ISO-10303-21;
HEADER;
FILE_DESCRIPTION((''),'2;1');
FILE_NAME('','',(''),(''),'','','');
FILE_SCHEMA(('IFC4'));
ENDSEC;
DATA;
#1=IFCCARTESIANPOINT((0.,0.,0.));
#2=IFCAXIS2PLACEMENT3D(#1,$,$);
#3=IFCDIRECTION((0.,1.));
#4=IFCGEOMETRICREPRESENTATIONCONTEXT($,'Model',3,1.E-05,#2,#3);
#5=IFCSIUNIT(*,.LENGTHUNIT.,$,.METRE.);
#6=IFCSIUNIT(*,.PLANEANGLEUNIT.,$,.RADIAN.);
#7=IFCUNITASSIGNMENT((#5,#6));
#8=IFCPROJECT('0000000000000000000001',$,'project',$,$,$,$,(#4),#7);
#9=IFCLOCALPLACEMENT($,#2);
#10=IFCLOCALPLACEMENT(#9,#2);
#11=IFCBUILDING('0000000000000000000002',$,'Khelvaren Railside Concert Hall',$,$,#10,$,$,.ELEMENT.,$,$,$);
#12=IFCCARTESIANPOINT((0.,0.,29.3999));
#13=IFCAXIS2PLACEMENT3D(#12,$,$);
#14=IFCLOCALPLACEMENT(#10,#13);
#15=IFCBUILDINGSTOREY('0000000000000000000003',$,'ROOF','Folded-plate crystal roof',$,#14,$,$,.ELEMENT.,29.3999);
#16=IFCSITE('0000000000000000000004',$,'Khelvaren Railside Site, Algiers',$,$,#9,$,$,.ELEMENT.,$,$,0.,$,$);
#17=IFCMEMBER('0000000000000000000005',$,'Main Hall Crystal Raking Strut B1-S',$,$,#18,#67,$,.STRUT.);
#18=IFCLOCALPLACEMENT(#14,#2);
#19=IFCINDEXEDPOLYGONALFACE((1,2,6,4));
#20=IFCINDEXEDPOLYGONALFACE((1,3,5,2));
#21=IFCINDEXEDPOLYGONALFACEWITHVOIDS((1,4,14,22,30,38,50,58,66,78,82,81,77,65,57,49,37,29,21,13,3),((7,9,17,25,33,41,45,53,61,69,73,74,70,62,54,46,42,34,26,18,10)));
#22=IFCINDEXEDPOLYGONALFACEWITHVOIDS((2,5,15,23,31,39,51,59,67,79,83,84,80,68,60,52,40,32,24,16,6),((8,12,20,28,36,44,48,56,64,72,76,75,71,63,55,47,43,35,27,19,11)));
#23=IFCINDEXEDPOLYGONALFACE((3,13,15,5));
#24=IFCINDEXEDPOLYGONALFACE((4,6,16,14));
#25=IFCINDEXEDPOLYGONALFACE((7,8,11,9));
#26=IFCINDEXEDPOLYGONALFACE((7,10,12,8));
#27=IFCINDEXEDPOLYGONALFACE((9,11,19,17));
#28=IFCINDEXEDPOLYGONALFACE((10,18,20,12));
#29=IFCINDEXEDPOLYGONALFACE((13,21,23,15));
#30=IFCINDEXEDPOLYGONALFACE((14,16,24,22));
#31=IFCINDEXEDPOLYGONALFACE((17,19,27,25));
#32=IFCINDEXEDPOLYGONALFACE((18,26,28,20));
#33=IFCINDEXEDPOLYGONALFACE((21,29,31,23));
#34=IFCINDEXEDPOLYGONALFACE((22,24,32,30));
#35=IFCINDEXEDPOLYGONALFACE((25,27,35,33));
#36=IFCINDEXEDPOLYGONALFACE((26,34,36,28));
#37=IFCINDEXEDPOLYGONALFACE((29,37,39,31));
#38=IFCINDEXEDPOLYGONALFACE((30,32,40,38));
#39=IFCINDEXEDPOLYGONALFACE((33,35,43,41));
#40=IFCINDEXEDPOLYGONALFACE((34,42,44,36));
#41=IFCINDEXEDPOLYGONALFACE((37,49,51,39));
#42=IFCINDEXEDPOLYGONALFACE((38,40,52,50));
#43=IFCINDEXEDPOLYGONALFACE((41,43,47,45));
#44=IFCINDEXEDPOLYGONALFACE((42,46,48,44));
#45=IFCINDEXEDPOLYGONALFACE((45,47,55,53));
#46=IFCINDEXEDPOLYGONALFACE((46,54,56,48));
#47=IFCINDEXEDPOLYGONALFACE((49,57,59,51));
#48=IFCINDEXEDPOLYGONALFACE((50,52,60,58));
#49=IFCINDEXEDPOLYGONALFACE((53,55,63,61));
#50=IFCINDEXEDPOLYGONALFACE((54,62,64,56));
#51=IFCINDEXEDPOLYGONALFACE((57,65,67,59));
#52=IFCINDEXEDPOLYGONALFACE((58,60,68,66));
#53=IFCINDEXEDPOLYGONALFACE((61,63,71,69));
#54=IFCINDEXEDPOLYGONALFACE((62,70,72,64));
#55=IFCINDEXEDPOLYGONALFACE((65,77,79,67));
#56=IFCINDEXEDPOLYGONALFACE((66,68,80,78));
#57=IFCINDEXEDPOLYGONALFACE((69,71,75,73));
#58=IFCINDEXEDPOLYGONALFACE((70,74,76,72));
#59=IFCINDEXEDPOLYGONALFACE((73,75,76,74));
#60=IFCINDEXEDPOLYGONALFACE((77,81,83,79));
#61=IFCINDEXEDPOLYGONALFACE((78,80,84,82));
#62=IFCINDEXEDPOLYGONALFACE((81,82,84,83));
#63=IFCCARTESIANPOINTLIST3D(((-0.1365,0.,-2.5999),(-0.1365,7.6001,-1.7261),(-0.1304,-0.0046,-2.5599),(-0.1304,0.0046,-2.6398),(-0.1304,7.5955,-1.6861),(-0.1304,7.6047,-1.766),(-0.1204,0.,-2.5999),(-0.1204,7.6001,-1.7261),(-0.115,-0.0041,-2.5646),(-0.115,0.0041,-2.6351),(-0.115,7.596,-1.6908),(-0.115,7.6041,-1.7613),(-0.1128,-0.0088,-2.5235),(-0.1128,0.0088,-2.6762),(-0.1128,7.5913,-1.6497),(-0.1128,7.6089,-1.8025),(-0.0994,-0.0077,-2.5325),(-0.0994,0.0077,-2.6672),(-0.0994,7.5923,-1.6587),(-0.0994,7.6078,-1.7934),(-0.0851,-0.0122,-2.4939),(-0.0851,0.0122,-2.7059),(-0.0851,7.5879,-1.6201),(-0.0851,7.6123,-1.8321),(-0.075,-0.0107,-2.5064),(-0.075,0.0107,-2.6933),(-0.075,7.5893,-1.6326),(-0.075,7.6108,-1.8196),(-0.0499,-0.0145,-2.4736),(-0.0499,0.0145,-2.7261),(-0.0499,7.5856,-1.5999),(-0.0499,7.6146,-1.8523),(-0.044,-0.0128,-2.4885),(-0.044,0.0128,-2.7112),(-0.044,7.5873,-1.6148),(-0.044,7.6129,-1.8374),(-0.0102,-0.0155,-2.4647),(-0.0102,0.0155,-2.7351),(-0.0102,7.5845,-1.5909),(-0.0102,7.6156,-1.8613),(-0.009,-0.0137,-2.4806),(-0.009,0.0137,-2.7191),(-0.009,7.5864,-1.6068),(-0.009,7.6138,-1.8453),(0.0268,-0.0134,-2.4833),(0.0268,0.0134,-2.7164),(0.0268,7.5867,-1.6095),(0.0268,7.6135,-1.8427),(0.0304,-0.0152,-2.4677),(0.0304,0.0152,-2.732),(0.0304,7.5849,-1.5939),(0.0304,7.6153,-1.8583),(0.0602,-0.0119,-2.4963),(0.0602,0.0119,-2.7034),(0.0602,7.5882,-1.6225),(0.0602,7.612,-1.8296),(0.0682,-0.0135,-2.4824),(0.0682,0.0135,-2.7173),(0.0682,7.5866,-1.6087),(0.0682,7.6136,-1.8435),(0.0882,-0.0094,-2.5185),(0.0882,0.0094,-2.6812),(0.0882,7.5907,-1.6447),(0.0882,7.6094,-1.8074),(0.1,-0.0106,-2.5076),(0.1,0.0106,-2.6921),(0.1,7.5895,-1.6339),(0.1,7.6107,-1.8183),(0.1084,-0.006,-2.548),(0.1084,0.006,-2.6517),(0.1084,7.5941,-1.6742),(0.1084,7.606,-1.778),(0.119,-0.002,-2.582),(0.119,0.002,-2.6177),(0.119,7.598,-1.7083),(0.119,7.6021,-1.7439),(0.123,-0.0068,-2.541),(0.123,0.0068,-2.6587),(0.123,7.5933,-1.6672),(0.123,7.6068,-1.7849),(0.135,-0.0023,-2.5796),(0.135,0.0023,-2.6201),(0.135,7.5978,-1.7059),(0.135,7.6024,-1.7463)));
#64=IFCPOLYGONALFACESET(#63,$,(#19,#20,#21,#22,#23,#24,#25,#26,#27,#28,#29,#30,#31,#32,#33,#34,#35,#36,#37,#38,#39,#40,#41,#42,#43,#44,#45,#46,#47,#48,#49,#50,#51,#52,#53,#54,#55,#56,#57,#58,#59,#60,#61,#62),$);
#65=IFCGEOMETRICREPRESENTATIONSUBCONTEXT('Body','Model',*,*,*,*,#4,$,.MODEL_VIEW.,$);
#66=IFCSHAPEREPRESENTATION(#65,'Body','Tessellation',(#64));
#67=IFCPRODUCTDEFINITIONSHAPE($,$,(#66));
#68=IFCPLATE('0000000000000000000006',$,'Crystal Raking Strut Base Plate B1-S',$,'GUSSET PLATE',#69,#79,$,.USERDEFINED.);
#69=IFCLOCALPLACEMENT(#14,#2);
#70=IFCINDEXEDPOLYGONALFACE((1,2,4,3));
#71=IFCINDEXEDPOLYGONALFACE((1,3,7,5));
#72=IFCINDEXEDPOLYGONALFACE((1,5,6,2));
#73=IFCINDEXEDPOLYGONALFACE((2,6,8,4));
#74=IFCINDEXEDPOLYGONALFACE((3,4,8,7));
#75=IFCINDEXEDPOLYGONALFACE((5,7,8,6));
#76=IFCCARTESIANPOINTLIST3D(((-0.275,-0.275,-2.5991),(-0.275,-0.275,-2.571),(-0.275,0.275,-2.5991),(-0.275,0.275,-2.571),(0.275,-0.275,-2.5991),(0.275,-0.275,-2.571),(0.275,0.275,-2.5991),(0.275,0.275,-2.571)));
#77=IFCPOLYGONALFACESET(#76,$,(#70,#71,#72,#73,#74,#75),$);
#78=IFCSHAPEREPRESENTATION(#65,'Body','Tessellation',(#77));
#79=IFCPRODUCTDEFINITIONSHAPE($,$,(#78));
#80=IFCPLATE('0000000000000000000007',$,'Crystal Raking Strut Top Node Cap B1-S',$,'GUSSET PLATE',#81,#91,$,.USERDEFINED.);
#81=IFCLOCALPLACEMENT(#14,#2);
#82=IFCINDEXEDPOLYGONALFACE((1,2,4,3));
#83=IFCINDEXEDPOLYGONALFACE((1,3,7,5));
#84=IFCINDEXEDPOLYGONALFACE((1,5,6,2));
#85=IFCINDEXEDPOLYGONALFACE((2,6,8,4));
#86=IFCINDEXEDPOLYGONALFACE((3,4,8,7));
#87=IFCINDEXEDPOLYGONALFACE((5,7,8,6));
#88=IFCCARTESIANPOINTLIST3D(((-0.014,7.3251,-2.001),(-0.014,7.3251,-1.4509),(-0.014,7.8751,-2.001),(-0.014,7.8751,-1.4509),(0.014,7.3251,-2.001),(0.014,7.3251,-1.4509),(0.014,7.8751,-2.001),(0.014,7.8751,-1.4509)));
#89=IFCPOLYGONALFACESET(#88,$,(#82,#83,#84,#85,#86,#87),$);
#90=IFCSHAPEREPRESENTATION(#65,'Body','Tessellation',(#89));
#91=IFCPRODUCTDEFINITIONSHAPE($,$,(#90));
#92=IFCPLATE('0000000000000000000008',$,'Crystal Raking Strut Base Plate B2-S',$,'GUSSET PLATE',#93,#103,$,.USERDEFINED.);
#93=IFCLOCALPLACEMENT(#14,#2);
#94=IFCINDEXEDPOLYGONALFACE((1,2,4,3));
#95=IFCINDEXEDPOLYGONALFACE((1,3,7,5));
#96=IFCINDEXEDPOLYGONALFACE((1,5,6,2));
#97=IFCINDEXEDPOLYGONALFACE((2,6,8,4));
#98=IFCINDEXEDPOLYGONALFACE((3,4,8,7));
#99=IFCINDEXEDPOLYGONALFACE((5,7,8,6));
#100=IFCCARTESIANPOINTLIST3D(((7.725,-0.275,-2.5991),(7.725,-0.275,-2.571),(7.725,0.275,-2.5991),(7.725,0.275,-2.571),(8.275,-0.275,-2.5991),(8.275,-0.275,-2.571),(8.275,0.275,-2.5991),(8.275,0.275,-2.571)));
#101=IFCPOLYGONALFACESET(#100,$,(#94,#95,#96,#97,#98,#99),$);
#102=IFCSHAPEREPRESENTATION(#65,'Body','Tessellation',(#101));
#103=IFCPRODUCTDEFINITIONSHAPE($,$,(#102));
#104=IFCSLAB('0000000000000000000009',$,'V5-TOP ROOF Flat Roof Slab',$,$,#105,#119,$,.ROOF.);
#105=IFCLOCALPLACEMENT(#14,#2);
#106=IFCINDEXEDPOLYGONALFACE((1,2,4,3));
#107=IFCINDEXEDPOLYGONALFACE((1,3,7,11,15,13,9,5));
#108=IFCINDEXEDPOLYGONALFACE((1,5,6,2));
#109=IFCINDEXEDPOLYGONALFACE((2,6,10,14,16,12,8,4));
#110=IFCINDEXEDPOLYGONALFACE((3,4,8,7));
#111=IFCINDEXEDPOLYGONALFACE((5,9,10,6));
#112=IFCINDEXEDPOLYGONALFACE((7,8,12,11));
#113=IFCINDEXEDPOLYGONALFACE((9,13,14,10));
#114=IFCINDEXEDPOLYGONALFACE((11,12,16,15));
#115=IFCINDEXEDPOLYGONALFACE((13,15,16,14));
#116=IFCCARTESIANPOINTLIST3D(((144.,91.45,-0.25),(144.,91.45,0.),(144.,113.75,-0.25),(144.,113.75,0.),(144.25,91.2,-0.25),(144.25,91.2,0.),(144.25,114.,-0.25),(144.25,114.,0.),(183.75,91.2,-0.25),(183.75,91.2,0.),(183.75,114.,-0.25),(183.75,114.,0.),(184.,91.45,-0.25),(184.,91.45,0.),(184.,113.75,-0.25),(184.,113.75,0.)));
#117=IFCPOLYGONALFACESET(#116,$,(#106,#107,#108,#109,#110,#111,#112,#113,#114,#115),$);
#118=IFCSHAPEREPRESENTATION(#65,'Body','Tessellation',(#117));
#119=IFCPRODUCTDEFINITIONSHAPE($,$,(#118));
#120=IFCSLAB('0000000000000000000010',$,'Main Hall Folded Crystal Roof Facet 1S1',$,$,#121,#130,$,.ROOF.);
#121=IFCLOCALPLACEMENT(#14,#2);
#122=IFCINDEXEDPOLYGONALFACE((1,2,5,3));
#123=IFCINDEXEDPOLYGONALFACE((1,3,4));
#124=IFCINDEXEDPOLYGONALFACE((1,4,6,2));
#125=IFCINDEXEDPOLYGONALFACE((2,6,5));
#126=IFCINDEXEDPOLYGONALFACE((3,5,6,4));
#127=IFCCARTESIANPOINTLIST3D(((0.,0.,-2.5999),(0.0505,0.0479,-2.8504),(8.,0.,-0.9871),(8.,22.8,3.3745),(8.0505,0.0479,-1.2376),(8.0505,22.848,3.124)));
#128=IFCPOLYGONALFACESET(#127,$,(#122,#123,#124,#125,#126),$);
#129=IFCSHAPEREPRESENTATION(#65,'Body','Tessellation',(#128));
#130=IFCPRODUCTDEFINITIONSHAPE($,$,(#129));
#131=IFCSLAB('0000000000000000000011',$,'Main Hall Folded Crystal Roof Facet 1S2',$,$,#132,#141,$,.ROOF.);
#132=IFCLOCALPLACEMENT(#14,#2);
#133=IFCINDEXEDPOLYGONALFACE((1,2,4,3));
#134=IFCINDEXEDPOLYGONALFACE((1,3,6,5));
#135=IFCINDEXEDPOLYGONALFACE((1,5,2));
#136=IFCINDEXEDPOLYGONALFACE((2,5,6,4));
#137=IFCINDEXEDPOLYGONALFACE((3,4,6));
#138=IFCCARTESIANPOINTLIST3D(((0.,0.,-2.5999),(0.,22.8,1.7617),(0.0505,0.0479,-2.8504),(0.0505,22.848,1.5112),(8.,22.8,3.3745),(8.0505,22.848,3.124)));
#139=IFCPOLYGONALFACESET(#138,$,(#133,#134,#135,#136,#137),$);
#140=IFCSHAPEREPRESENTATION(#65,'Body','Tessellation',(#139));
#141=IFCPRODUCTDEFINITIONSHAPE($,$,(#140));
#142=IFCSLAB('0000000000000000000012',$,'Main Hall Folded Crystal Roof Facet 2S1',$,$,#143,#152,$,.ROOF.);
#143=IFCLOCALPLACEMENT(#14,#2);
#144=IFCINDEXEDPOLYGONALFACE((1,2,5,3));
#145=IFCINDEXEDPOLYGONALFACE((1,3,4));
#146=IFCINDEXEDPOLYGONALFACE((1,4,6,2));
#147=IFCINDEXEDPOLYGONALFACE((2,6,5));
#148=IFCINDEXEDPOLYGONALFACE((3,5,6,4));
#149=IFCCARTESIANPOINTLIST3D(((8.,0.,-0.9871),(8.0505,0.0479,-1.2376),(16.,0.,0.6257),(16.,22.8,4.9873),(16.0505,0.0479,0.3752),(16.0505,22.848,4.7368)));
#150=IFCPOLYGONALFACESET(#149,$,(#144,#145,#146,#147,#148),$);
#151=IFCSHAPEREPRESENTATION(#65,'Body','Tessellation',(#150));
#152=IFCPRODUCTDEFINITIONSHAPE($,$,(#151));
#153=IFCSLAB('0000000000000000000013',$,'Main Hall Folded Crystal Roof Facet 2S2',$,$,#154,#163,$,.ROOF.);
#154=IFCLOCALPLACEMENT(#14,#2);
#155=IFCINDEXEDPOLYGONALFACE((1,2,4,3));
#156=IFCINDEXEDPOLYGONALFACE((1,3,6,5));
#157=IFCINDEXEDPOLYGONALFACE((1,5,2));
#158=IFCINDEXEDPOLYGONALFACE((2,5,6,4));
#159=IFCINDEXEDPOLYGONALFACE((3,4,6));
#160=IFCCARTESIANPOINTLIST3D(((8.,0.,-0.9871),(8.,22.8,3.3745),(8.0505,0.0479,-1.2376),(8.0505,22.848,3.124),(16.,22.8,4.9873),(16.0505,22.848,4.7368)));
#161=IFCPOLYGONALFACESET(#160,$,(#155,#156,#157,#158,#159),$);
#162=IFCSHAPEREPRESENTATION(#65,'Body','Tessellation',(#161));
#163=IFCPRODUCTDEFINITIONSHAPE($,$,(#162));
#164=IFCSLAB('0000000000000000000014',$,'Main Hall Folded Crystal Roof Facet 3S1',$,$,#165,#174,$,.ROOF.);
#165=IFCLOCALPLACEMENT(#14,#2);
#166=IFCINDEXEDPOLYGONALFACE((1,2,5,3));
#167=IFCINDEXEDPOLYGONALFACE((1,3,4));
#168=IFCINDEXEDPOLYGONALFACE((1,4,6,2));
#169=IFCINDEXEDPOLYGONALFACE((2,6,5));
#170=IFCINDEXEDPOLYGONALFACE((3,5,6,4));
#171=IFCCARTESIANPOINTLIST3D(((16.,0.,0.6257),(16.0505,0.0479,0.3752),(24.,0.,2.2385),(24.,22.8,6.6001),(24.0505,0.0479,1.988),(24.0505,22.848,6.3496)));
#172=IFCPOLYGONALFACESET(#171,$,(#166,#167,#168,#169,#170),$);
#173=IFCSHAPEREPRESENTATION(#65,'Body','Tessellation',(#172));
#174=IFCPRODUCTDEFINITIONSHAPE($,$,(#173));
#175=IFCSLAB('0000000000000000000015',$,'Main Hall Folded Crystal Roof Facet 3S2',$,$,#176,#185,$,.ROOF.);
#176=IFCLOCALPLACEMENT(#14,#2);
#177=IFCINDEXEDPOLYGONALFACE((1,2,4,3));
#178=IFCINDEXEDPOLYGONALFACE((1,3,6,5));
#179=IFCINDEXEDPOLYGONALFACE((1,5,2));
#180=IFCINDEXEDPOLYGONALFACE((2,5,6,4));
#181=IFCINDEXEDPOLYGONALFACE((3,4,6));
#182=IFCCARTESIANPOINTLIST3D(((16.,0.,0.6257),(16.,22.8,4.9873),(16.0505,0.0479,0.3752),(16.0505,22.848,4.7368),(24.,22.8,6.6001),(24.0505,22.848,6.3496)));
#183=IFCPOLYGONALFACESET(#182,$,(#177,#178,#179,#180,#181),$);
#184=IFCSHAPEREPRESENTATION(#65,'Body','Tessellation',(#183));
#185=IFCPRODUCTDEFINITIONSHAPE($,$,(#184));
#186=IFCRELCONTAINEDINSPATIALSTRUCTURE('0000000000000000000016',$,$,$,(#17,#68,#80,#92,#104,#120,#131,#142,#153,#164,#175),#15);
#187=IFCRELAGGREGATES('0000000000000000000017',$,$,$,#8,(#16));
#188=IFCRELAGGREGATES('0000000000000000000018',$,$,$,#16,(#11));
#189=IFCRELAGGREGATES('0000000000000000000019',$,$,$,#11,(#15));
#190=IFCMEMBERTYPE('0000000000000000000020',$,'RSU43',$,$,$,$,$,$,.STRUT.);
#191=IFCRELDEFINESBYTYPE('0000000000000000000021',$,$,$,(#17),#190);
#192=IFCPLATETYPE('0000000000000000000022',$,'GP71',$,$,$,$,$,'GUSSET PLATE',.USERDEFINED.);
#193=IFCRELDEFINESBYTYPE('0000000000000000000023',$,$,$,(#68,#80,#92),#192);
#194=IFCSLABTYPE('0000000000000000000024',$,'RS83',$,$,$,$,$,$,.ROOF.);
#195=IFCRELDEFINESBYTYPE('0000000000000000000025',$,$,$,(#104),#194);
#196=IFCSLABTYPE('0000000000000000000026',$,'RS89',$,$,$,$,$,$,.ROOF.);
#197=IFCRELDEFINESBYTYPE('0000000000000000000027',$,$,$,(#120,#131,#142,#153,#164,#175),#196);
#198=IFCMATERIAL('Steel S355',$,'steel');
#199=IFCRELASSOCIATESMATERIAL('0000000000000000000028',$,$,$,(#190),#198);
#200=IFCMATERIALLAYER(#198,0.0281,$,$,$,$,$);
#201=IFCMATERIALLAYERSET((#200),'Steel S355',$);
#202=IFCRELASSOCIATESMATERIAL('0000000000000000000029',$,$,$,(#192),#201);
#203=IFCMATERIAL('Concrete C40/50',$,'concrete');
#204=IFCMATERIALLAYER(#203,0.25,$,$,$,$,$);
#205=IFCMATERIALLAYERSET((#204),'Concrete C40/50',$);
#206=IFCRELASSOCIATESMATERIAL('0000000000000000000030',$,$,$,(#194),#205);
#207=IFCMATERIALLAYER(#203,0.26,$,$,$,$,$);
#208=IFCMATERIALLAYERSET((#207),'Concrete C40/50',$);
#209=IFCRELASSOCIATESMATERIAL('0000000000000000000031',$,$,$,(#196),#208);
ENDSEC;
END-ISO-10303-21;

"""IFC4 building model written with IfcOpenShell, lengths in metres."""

from ifc_helpers import new_model, si_unit, direction, frame, origin, origin_2d, place, context, subcontext, project, spatial, polyline, rectangle, hollow_circle, outline, extrude, material, layer, layer_set, material_profile, profile_set, type_object, element, save


model = new_model("IFC4")

# Units and contexts
model_context = context("Model", 3, precision=1e-05, world=origin(), true_north=direction((0.0, 1.0)))
body_context = subcontext(model_context, "Body", "Model", "MODEL_VIEW")
ifc_project = project(units=[si_unit("LENGTHUNIT", "METRE"), si_unit("PLANEANGLEUNIT", "RADIAN")], contexts=[model_context])

# Site, building, storey
site_placement = place(None, origin())
site = spatial("IfcSite", under=ifc_project, at=site_placement, Name="Khelvaren Railside Site, Algiers", CompositionType="ELEMENT", RefElevation=0.0)
building_placement = place(site_placement, origin())
building = spatial("IfcBuilding", under=site, at=building_placement, Name="Khelvaren Railside Concert Hall", CompositionType="ELEMENT")
storey_placement = place(building_placement, frame((0.0, 0.0, 29.3999)))
storey = spatial("IfcBuildingStorey", under=building, at=storey_placement, Name="ROOF", Description="Folded-plate crystal roof", CompositionType="ELEMENT", Elevation=29.3999)

# Shared definitions
ifc_material_1 = material(Name="Steel S355", Category="steel")

# Member
ifc_material_profile_1 = material_profile(ifc_material_1, hollow_circle(Radius=0.1365, WallThickness=0.0161, at=origin_2d()), Name="CHS 273x16")
ifc_profile_set_1 = profile_set([ifc_material_profile_1], Name="Steel S355")
member_type_1 = type_object("IfcMemberType", Name="RSU43", PredefinedType="STRUT", material=ifc_profile_set_1)
member_1_placement = place(storey_placement, frame((0.0, 0.0, -2.5999), z_axis=(0.0, 0.993456, 0.114217), x_axis=(-1.0, 0.0, 0.0)))
element("IfcMember", 1, at=member_1_placement, inside=storey, type_object=member_type_1, Name="Main Hall Crystal Raking Strut B1-S", PredefinedType="STRUT", context=body_context, shape_type="SweptSolid", body=[
    extrude(hollow_circle(Radius=0.1365, WallThickness=0.0161, at=origin_2d()), origin(), (0.0, 0.0, 1.0), 7.6501),
])

# Plates
ifc_layer_1 = layer(ifc_material_1, 0.0281)
ifc_layer_set_1 = layer_set([ifc_layer_1], Name="Steel S355")
plate_type = type_object("IfcPlateType", Name="GP71", ElementType="GUSSET PLATE", PredefinedType="USERDEFINED", material=ifc_layer_set_1)
plate_1_placement = place(storey_placement, frame((0.0, 0.0, -2.5991), z_axis=(0.0, 0.0, 1.0), x_axis=(1.0, 0.0, 0.0)))
element("IfcPlate", 2, at=plate_1_placement, inside=storey, type_object=plate_type, Name="Crystal Raking Strut Base Plate B1-S", ObjectType="GUSSET PLATE", PredefinedType="USERDEFINED", context=body_context, shape_type="SweptSolid", body=[
    extrude(rectangle(XDim=0.55, YDim=0.55, at=origin_2d()), origin(), (0.0, 0.0, 1.0), 0.0281),
])
plate_2_placement = place(storey_placement, frame((0.0, 7.6001, -2.001), z_axis=(0.0, 0.0, 1.0), x_axis=(1.0, 0.0, 0.0)))
element("IfcPlate", 3, at=plate_2_placement, inside=storey, type_object=plate_type, Name="Crystal Raking Strut Top Node Cap B1-S", ObjectType="GUSSET PLATE", PredefinedType="USERDEFINED", context=body_context, shape_type="SweptSolid", body=[
    extrude(rectangle(XDim=0.0281, YDim=0.55, at=origin_2d()), origin(), (0.0, 0.0, 1.0), 0.55),
])
plate_3_placement = place(storey_placement, frame((8.0, 0.0, -2.5991), z_axis=(0.0, 0.0, 1.0), x_axis=(1.0, 0.0, 0.0)))
element("IfcPlate", 4, at=plate_3_placement, inside=storey, type_object=plate_type, Name="Crystal Raking Strut Base Plate B2-S", ObjectType="GUSSET PLATE", PredefinedType="USERDEFINED", context=body_context, shape_type="SweptSolid", body=[
    extrude(rectangle(XDim=0.55, YDim=0.55, at=origin_2d()), origin(), (0.0, 0.0, 1.0), 0.0281),
])

# Slabs
ifc_material_2 = material(Name="Concrete C40/50", Category="concrete")
ifc_layer_2 = layer(ifc_material_2, 0.25)
ifc_layer_set_2 = layer_set([ifc_layer_2], Name="Concrete C40/50")
slab_type_1 = type_object("IfcSlabType", Name="RS83", PredefinedType="ROOF", material=ifc_layer_set_2)
slab_1_placement = place(storey_placement, frame((0.0, 0.0, -0.25)))
element("IfcSlab", 5, at=slab_1_placement, inside=storey, type_object=slab_type_1, Name="V5-TOP ROOF Flat Roof Slab", PredefinedType="ROOF", context=body_context, shape_type="SweptSolid", body=[
    extrude(outline(polyline([(144.25, 91.2), (183.75, 91.2), (184.0, 91.45), (184.0, 113.75), (183.75, 114.0), (144.25, 114.0), (144.0, 113.75), (144.0, 91.45), (144.25, 91.2)])), origin(), (0.0, 0.0, 1.0), 0.25),
])
ifc_layer_3 = layer(ifc_material_2, 0.26)
ifc_layer_set_3 = layer_set([ifc_layer_3], Name="Concrete C40/50")
slab_type_2 = type_object("IfcSlabType", Name="RS89", PredefinedType="ROOF", material=ifc_layer_set_3)
slab_2_placement = place(storey_placement, frame((0.0, 0.0, -2.5999), z_axis=(-0.194238, -0.184311, 0.963484), x_axis=(0.980278, 0.0, 0.197623)))
element("IfcSlab", 6, at=slab_2_placement, inside=storey, type_object=slab_type_2, Name="Main Hall Folded Crystal Roof Facet 1S1", PredefinedType="ROOF", context=body_context, shape_type="SweptSolid", body=[
    extrude(outline(polyline([(0.0, 0.0), (8.1609, 0.0), (9.0229, 23.1975), (0.0, 0.0)])), origin(), (0.0, 0.0, -1.0), 0.26),
])
slab_3_placement = place(storey_placement, frame((0.0, 0.0, -2.5999), z_axis=(-0.194238, -0.184311, 0.963484), x_axis=(0.321408, 0.916015, 0.240026)))
element("IfcSlab", 7, at=slab_3_placement, inside=storey, type_object=slab_type_2, Name="Main Hall Folded Crystal Roof Facet 1S2", PredefinedType="ROOF", context=body_context, shape_type="SweptSolid", body=[
    extrude(outline(polyline([(0.0, 0.0), (24.8905, 0.0), (21.9321, 7.6059), (0.0, 0.0)])), origin(), (0.0, 0.0, -1.0), 0.26),
])
slab_4_placement = place(storey_placement, frame((8.0, 0.0, -0.9871), z_axis=(-0.194238, -0.184311, 0.963484), x_axis=(0.980278, 0.0, 0.197623)))
element("IfcSlab", 8, at=slab_4_placement, inside=storey, type_object=slab_type_2, Name="Main Hall Folded Crystal Roof Facet 2S1", PredefinedType="ROOF", context=body_context, shape_type="SweptSolid", body=[
    extrude(outline(polyline([(0.0, 0.0), (8.1609, 0.0), (9.0229, 23.1975), (0.0, 0.0)])), origin(), (0.0, 0.0, -1.0), 0.26),
])
slab_5_placement = place(storey_placement, frame((8.0, 0.0, -0.9871), z_axis=(-0.194238, -0.184311, 0.963484), x_axis=(0.321408, 0.916015, 0.240026)))
element("IfcSlab", 9, at=slab_5_placement, inside=storey, type_object=slab_type_2, Name="Main Hall Folded Crystal Roof Facet 2S2", PredefinedType="ROOF", context=body_context, shape_type="SweptSolid", body=[
    extrude(outline(polyline([(0.0, 0.0), (24.8905, 0.0), (21.9321, 7.6059), (0.0, 0.0)])), origin(), (0.0, 0.0, -1.0), 0.26),
])
slab_6_placement = place(storey_placement, frame((16.0, 0.0, 0.6257), z_axis=(-0.194238, -0.184311, 0.963484), x_axis=(0.980278, 0.0, 0.197623)))
element("IfcSlab", 10, at=slab_6_placement, inside=storey, type_object=slab_type_2, Name="Main Hall Folded Crystal Roof Facet 3S1", PredefinedType="ROOF", context=body_context, shape_type="SweptSolid", body=[
    extrude(outline(polyline([(0.0, 0.0), (8.1609, 0.0), (9.0229, 23.1975), (0.0, 0.0)])), origin(), (0.0, 0.0, -1.0), 0.26),
])
slab_7_placement = place(storey_placement, frame((16.0, 0.0, 0.6257), z_axis=(-0.194238, -0.184311, 0.963484), x_axis=(0.321408, 0.916015, 0.240026)))
element("IfcSlab", 11, at=slab_7_placement, inside=storey, type_object=slab_type_2, Name="Main Hall Folded Crystal Roof Facet 3S2", PredefinedType="ROOF", context=body_context, shape_type="SweptSolid", body=[
    extrude(outline(polyline([(0.0, 0.0), (24.8905, 0.0), (21.9321, 7.6059), (0.0, 0.0)])), origin(), (0.0, 0.0, -1.0), 0.26),
])

save(model, "model.ifc")
